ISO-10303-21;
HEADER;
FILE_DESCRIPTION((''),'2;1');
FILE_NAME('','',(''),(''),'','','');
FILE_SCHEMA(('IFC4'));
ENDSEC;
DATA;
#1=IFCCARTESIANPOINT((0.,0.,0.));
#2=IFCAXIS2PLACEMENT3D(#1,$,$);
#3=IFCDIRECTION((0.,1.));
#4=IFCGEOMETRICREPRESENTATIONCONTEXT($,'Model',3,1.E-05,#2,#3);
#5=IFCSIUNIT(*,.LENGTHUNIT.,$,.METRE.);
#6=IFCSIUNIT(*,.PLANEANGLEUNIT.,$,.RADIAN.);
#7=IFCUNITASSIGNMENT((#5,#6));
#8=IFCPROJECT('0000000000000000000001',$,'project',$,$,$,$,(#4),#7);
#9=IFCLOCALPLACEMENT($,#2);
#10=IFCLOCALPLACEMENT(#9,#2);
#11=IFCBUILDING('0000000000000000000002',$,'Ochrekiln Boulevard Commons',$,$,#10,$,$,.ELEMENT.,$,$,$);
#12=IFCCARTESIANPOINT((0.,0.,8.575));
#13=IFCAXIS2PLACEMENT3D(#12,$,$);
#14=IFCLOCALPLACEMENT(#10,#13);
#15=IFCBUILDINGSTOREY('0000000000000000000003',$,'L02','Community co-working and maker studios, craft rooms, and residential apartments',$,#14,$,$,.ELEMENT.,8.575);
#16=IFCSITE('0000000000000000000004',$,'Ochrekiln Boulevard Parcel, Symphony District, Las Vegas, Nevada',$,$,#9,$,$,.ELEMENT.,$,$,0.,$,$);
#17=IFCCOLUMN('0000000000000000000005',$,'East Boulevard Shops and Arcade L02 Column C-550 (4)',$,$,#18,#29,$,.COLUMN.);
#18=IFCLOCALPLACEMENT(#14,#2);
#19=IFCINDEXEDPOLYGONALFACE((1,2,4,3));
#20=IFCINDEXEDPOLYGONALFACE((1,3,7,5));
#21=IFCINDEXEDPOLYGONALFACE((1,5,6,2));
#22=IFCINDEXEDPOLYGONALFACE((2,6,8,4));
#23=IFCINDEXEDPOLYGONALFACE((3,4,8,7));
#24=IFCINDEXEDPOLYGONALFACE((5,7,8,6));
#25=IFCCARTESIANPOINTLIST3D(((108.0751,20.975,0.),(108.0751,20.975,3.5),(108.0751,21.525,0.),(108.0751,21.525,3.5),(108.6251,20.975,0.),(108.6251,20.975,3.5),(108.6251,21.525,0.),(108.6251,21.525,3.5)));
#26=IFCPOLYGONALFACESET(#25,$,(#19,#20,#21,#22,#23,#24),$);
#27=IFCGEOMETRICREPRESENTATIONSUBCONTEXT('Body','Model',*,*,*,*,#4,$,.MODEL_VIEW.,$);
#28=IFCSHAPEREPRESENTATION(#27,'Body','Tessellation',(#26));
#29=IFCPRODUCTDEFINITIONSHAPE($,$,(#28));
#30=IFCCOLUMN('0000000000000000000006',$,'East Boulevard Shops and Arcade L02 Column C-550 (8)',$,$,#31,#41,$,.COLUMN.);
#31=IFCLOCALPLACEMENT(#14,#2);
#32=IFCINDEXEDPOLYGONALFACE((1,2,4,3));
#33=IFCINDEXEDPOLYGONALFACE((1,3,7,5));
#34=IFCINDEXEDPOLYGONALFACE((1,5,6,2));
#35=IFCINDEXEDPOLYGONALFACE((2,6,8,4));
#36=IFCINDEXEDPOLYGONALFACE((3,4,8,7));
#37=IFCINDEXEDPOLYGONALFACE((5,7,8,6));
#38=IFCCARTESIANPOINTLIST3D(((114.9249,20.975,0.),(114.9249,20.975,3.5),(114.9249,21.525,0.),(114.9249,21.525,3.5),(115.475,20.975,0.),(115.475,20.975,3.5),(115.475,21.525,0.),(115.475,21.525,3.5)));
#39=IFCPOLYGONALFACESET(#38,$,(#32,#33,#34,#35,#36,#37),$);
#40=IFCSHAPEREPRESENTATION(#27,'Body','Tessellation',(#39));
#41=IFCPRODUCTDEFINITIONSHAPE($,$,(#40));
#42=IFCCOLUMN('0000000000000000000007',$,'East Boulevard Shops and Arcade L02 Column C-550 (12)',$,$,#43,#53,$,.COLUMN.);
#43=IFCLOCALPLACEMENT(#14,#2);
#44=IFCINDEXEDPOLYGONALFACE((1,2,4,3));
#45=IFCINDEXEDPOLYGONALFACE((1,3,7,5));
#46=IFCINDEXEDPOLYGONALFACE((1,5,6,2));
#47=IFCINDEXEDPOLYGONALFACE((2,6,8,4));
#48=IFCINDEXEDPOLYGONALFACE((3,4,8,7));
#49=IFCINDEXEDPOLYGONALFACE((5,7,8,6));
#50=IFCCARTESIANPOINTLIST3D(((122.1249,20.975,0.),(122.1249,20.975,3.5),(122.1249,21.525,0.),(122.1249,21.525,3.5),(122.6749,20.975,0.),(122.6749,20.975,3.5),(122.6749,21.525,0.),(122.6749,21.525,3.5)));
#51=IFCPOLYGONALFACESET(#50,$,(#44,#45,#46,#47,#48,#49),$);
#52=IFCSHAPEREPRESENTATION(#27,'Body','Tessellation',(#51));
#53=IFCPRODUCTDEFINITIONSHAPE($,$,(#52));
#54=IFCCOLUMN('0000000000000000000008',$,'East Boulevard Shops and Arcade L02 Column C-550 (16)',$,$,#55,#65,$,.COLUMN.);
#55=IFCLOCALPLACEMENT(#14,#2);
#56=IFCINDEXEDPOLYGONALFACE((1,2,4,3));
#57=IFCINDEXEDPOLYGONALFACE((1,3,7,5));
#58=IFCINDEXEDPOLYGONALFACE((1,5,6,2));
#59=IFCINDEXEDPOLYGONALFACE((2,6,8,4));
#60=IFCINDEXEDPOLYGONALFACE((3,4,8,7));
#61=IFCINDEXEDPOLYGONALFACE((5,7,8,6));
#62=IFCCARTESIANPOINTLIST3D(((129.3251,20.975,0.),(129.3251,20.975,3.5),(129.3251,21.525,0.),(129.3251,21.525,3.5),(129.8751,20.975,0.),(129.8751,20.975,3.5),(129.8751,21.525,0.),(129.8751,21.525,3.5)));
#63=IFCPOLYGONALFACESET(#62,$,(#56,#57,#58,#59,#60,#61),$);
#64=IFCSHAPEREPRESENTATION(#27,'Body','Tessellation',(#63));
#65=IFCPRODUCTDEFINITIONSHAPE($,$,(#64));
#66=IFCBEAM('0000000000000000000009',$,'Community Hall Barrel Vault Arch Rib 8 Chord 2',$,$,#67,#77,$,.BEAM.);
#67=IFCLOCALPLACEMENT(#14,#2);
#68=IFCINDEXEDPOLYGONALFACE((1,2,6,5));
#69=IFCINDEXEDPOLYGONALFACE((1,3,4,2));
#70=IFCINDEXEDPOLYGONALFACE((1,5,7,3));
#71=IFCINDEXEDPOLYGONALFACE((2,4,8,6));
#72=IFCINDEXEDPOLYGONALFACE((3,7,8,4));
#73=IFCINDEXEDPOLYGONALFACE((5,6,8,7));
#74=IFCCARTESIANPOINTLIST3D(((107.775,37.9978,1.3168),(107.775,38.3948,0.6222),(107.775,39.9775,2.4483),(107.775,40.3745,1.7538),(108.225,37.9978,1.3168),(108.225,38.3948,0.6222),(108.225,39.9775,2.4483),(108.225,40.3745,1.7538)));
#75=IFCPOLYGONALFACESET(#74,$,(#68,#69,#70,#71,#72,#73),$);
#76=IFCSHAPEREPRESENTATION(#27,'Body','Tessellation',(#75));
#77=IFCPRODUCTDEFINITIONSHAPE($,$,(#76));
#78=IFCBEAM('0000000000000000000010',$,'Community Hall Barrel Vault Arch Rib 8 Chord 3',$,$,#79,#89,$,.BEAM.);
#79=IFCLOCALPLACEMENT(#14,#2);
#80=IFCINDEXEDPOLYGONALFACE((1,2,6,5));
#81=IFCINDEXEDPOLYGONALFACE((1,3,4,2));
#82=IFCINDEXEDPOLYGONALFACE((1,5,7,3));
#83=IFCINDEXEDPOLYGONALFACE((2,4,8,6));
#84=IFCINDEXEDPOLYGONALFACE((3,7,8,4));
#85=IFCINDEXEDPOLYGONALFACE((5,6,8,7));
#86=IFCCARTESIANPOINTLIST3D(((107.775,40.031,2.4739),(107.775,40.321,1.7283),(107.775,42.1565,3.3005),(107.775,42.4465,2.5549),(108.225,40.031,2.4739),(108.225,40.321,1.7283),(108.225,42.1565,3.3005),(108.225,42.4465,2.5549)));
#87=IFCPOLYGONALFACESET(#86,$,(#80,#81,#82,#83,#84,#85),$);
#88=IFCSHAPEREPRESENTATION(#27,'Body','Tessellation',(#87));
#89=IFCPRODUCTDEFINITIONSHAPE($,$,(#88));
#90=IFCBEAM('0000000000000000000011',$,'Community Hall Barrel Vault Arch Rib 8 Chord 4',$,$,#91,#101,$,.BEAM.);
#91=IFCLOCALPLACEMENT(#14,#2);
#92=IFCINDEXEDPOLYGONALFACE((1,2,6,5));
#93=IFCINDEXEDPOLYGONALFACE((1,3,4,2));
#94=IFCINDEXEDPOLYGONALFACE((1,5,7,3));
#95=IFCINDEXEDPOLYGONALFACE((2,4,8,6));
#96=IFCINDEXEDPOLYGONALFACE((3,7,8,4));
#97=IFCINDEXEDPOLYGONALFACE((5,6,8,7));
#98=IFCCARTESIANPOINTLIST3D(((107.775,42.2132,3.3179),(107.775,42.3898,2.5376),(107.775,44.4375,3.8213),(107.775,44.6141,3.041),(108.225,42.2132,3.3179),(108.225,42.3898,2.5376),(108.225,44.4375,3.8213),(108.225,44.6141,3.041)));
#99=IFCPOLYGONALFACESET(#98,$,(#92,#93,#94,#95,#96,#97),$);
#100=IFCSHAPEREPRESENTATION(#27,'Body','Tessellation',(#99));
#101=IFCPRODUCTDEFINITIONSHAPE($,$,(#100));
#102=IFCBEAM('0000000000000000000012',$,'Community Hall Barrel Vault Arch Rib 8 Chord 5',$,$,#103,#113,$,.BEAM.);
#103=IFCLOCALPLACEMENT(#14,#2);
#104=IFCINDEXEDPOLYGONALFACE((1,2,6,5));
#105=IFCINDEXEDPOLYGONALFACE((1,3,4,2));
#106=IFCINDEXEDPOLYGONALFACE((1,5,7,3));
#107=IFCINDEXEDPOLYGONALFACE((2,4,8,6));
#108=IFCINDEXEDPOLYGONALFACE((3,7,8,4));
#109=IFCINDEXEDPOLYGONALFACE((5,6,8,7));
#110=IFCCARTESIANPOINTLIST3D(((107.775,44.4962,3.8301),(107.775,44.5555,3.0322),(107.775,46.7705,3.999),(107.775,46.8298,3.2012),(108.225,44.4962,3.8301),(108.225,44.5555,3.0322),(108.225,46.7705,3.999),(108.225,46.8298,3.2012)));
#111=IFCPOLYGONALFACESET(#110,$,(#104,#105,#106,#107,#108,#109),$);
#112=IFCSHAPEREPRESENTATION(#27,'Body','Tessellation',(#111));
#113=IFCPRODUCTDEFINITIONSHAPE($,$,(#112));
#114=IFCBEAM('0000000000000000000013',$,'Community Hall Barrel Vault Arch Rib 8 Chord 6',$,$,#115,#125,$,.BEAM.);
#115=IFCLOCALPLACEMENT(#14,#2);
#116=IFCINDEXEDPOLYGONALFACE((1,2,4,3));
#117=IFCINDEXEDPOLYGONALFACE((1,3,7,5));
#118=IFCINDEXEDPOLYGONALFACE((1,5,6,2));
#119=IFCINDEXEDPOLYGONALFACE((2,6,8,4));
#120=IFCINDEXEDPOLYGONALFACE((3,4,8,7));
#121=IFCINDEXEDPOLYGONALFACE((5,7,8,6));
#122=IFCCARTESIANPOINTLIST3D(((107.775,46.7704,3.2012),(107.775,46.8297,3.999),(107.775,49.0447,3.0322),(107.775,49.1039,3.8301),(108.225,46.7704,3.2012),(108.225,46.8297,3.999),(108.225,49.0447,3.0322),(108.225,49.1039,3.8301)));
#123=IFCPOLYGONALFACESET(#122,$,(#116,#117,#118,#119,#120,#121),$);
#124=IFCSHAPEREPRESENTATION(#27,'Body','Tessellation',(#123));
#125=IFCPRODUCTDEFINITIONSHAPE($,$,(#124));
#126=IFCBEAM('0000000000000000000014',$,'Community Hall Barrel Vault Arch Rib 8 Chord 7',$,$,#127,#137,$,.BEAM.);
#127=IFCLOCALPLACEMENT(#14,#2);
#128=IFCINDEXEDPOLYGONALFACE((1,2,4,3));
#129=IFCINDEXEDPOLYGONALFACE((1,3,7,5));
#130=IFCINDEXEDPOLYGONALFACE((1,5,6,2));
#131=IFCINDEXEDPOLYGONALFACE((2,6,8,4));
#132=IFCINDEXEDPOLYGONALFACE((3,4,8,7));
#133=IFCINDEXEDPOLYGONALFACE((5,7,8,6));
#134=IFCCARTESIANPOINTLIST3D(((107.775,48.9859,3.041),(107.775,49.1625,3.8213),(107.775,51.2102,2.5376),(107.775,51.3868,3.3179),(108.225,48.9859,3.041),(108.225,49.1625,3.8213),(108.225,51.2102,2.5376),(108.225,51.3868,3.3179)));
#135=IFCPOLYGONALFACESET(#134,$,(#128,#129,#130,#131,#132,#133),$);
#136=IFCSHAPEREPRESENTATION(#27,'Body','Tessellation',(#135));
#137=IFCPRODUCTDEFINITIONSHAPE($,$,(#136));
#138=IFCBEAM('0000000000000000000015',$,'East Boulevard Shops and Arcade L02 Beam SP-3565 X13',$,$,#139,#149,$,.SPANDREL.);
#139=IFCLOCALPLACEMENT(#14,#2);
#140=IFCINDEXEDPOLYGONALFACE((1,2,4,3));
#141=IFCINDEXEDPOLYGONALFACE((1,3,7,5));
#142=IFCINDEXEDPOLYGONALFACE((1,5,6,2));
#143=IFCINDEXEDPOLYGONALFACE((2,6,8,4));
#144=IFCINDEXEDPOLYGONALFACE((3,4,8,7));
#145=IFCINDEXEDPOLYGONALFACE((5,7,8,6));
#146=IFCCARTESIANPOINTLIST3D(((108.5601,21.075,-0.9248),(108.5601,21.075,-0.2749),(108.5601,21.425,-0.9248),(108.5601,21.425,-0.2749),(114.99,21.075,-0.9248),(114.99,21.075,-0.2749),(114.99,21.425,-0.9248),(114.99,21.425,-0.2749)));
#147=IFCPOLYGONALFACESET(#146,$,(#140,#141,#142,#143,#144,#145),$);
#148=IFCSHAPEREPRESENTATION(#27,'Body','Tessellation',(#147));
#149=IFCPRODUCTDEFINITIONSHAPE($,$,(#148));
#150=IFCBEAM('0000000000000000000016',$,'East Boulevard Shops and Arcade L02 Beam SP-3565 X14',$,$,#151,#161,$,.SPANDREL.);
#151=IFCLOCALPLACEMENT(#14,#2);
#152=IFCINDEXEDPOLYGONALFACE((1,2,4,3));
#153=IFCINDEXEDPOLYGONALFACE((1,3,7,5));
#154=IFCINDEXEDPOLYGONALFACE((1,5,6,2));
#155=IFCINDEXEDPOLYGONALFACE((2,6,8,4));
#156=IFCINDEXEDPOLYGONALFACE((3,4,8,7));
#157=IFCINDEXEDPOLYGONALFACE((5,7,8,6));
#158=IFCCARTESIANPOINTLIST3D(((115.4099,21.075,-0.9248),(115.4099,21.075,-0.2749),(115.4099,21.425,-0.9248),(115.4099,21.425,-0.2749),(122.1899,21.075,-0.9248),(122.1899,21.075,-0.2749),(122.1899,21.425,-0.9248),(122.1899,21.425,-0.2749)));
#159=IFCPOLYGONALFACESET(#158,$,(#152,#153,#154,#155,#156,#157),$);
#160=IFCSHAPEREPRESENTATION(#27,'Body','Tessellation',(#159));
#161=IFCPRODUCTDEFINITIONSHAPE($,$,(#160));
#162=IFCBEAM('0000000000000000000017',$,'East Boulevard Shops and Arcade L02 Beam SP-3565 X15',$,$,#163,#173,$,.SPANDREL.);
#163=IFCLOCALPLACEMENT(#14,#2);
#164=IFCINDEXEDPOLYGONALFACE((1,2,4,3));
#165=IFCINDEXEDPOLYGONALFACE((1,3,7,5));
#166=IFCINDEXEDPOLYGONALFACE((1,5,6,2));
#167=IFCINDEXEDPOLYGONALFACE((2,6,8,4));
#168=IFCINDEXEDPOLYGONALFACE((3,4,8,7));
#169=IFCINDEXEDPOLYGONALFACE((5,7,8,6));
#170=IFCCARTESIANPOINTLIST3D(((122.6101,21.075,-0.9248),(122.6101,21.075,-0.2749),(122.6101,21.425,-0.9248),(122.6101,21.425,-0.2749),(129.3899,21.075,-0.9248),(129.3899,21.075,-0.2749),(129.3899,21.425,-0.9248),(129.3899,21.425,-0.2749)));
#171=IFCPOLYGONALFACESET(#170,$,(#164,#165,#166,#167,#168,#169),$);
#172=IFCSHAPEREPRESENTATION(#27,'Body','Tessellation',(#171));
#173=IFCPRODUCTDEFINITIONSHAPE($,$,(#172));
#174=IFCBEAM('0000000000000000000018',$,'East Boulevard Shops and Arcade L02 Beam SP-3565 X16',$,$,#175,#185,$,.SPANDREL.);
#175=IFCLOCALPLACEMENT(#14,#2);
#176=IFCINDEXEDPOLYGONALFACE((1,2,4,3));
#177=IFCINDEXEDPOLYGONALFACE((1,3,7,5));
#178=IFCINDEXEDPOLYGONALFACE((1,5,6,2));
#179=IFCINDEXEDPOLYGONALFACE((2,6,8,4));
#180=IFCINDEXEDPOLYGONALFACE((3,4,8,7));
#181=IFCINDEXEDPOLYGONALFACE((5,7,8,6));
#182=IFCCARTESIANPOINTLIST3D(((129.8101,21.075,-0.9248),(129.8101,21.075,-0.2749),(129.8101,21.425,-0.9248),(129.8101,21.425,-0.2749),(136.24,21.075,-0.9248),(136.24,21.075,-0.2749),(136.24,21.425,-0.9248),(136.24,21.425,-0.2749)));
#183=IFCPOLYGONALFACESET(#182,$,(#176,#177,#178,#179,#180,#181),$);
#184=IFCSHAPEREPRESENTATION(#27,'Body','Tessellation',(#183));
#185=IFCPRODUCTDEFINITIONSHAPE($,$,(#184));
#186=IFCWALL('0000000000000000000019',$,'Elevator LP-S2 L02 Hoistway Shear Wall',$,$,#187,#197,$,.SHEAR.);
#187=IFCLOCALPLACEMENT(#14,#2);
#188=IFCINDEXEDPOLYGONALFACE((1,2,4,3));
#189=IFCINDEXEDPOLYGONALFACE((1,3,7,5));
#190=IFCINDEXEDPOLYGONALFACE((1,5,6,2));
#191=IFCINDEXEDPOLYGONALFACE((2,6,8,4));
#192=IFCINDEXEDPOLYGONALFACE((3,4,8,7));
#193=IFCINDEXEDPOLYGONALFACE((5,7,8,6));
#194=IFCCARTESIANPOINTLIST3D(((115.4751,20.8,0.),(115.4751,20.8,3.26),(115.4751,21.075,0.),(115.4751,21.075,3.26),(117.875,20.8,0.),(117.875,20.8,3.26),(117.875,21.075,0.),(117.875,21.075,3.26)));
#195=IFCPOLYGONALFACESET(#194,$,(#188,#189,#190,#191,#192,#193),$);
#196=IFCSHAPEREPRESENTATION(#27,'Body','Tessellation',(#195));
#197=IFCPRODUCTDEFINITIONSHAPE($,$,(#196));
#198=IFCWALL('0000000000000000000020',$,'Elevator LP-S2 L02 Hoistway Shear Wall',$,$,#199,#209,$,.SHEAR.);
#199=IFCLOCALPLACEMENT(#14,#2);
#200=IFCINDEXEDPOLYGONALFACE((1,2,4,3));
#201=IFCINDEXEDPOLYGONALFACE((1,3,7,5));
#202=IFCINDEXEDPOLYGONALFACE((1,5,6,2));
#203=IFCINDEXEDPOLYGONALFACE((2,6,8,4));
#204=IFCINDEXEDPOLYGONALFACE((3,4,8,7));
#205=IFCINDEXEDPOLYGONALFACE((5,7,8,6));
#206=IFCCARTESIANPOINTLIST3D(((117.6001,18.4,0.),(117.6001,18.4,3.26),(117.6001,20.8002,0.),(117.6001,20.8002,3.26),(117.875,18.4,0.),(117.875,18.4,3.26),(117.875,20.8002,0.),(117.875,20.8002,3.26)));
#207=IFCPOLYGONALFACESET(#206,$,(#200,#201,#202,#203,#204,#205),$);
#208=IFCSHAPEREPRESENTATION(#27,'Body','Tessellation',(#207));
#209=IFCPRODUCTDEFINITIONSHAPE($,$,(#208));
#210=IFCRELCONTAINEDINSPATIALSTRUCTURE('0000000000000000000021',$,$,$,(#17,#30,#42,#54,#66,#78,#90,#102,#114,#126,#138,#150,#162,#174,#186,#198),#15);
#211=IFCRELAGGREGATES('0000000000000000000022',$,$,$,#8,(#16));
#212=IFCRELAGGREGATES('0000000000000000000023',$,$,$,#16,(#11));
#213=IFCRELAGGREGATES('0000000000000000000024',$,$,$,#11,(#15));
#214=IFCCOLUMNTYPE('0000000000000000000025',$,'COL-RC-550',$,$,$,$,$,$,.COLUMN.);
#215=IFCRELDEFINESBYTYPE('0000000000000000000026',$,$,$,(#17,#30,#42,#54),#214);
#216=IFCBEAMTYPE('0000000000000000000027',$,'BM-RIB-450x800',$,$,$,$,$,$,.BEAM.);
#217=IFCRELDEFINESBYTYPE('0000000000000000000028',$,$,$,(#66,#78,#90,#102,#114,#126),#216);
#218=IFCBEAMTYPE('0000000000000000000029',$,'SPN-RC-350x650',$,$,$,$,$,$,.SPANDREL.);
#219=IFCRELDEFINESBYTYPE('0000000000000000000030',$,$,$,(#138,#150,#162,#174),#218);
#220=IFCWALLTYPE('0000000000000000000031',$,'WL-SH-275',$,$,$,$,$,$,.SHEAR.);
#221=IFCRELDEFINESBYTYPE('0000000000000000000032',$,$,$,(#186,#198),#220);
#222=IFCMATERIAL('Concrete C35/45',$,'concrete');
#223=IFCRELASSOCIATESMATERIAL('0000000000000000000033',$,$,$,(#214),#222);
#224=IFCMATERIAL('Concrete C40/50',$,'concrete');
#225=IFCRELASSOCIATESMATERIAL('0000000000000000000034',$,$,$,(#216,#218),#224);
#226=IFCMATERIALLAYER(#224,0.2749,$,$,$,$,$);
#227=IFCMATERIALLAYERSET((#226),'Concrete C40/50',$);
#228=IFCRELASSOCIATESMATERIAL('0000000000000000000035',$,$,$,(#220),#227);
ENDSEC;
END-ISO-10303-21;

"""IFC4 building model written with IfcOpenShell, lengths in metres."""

from ifc_helpers import new_model, si_unit, direction, frame, frame_2d, origin, origin_2d, place, context, subcontext, project, spatial, rectangle, extrude, material, layer, layer_set, material_profile, profile_set, type_object, element, save


model = new_model("IFC4")

# Units and contexts
model_context = context("Model", 3, precision=1e-05, world=origin(), true_north=direction((0.0, 1.0)))
body_context = subcontext(model_context, "Body", "Model", "MODEL_VIEW")
ifc_project = project(units=[si_unit("LENGTHUNIT", "METRE"), si_unit("PLANEANGLEUNIT", "RADIAN")], contexts=[model_context])

# Site, building, storey
site_placement = place(None, origin())
site = spatial("IfcSite", under=ifc_project, at=site_placement, Name="Ochrekiln Boulevard Parcel, Symphony District, Las Vegas, Nevada", CompositionType="ELEMENT", RefElevation=0.0)
building_placement = place(site_placement, origin())
building = spatial("IfcBuilding", under=site, at=building_placement, Name="Ochrekiln Boulevard Commons", CompositionType="ELEMENT")
storey_placement = place(building_placement, frame((0.0, 0.0, 8.575)))
storey = spatial("IfcBuildingStorey", under=building, at=storey_placement, Name="L02", Description="Community co-working and maker studios, craft rooms, and residential apartments", CompositionType="ELEMENT", Elevation=8.575)

# Columns
ifc_material_1 = material(Name="Concrete C35/45", Category="concrete")
ifc_material_profile_1 = material_profile(ifc_material_1, rectangle(XDim=0.55, YDim=0.55, at=origin_2d()), Name="RC-COL-550x550")
ifc_profile_set_1 = profile_set([ifc_material_profile_1], Name="Concrete C35/45")
column_type = type_object("IfcColumnType", Name="COL-RC-550", PredefinedType="COLUMN", material=ifc_profile_set_1)
for number, where, z_axis, x_axis, name in (
    (1, (108.3501, 21.25, 0.0), (0.0, 0.0, 1.0), (1.0, 0.0, 0.0), "East Boulevard Shops and Arcade L02 Column C-550 (4)"),
    (2, (115.2, 21.25, 0.0), (0.0, 0.0, 1.0), (1.0, 0.0, 0.0), "East Boulevard Shops and Arcade L02 Column C-550 (8)"),
    (3, (122.3999, 21.25, 0.0), (0.0, 0.0, 1.0), (1.0, 0.0, 0.0), "East Boulevard Shops and Arcade L02 Column C-550 (12)"),
    (4, (129.6001, 21.25, 0.0), (0.0, 0.0, 1.0), (1.0, 0.0, 0.0), "East Boulevard Shops and Arcade L02 Column C-550 (16)"),
):
    element("IfcColumn", number, at=place(storey_placement, frame(where, z_axis=z_axis, x_axis=x_axis)), inside=storey, type_object=column_type, Name=name, PredefinedType="COLUMN", context=body_context, shape_type="SweptSolid", body=[
        extrude(rectangle(XDim=0.55, YDim=0.55, at=origin_2d()), origin(), (0.0, 0.0, 1.0), 3.5),
    ])

# Beams
ifc_material_2 = material(Name="Concrete C40/50", Category="concrete")
ifc_material_profile_2 = material_profile(ifc_material_2, rectangle(XDim=0.45, YDim=0.8, at=origin_2d()), Name="RC-RIB-450x800")
ifc_profile_set_2 = profile_set([ifc_material_profile_2], Name="Concrete C40/50")
beam_type_1 = type_object("IfcBeamType", Name="BM-RIB-450x800", PredefinedType="BEAM", material=ifc_profile_set_2)
beam_1_placement = place(storey_placement, frame((108.0, 38.1963, 0.9695), z_axis=(0.0, 0.868184, 0.496243), x_axis=(-1.0, 0.0, 0.0)))
element("IfcBeam", 5, at=beam_1_placement, inside=storey, type_object=beam_type_1, Name="Community Hall Barrel Vault Arch Rib 8 Chord 2", PredefinedType="BEAM", context=body_context, shape_type="SweptSolid", body=[
    extrude(rectangle(XDim=0.45, YDim=0.8, at=origin_2d()), origin(), (0.0, 0.0, 1.0), 2.2803),
])
for number, where, z_axis, x_axis, name in (
    (6, (108.0, 40.176, 2.1011), (0.0, 0.931993, 0.362477), (-1.0, 0.0, 0.0), "Community Hall Barrel Vault Arch Rib 8 Chord 3"),
    (7, (108.0, 42.3015, 2.9277), (0.0, 0.975333, 0.220737), (-1.0, 0.0, 0.0), "Community Hall Barrel Vault Arch Rib 8 Chord 4"),
    (8, (108.0, 44.5259, 3.4312), (0.0, 0.997252, 0.074085), (-1.0, 0.0, 0.0), "Community Hall Barrel Vault Arch Rib 8 Chord 5"),
    (9, (108.0, 46.8, 3.6001), (0.0, 0.997252, -0.074085), (-1.0, 0.0, 0.0), "Community Hall Barrel Vault Arch Rib 8 Chord 6"),
    (10, (108.0, 49.0742, 3.4312), (0.0, 0.975333, -0.220737), (-1.0, 0.0, 0.0), "Community Hall Barrel Vault Arch Rib 8 Chord 7"),
):
    element("IfcBeam", number, at=place(storey_placement, frame(where, z_axis=z_axis, x_axis=x_axis)), inside=storey, type_object=beam_type_1, Name=name, PredefinedType="BEAM", context=body_context, shape_type="SweptSolid", body=[
        extrude(rectangle(XDim=0.45, YDim=0.8, at=origin_2d()), origin(), (0.0, 0.0, 1.0), 2.2805),
    ])
ifc_material_profile_3 = material_profile(ifc_material_2, rectangle(XDim=0.3501, YDim=0.6499, at=origin_2d()), Name="RC-SPN-350x650")
ifc_profile_set_3 = profile_set([ifc_material_profile_3], Name="Concrete C40/50")
beam_type_2 = type_object("IfcBeamType", Name="SPN-RC-350x650", PredefinedType="SPANDREL", material=ifc_profile_set_3)
beam_2_placement = place(storey_placement, frame((108.5601, 21.25, -0.5999), z_axis=(1.0, 0.0, 0.0), x_axis=(0.0, 1.0, 0.0)))
element("IfcBeam", 11, at=beam_2_placement, inside=storey, type_object=beam_type_2, Name="East Boulevard Shops and Arcade L02 Beam SP-3565 X13", PredefinedType="SPANDREL", context=body_context, shape_type="SweptSolid", body=[
    extrude(rectangle(XDim=0.3501, YDim=0.6499, at=origin_2d()), origin(), (0.0, 0.0, 1.0), 6.4299),
])
beam_3_placement = place(storey_placement, frame((115.4099, 21.25, -0.5999), z_axis=(1.0, 0.0, 0.0), x_axis=(0.0, 1.0, 0.0)))
element("IfcBeam", 12, at=beam_3_placement, inside=storey, type_object=beam_type_2, Name="East Boulevard Shops and Arcade L02 Beam SP-3565 X14", PredefinedType="SPANDREL", context=body_context, shape_type="SweptSolid", body=[
    extrude(rectangle(XDim=0.3501, YDim=0.6499, at=origin_2d()), origin(), (0.0, 0.0, 1.0), 6.78),
])
beam_4_placement = place(storey_placement, frame((122.6101, 21.25, -0.5999), z_axis=(1.0, 0.0, 0.0), x_axis=(0.0, 1.0, 0.0)))
element("IfcBeam", 13, at=beam_4_placement, inside=storey, type_object=beam_type_2, Name="East Boulevard Shops and Arcade L02 Beam SP-3565 X15", PredefinedType="SPANDREL", context=body_context, shape_type="SweptSolid", body=[
    extrude(rectangle(XDim=0.3501, YDim=0.6499, at=origin_2d()), origin(), (0.0, 0.0, 1.0), 6.7798),
])
beam_5_placement = place(storey_placement, frame((129.8101, 21.25, -0.5999), z_axis=(1.0, 0.0, 0.0), x_axis=(0.0, 1.0, 0.0)))
element("IfcBeam", 14, at=beam_5_placement, inside=storey, type_object=beam_type_2, Name="East Boulevard Shops and Arcade L02 Beam SP-3565 X16", PredefinedType="SPANDREL", context=body_context, shape_type="SweptSolid", body=[
    extrude(rectangle(XDim=0.3501, YDim=0.6499, at=origin_2d()), origin(), (0.0, 0.0, 1.0), 6.4299),
])

# Walls
ifc_layer = layer(ifc_material_2, 0.2749)
ifc_layer_set = layer_set([ifc_layer], Name="Concrete C40/50")
wall_type = type_object("IfcWallType", Name="WL-SH-275", PredefinedType="SHEAR", material=ifc_layer_set)
wall_1_placement = place(storey_placement, frame((115.4751, 20.9375, 0.0), z_axis=(0.0, 0.0, 1.0), x_axis=(1.0, 0.0, 0.0)))
element("IfcWall", 15, at=wall_1_placement, inside=storey, type_object=wall_type, Name="Elevator LP-S2 L02 Hoistway Shear Wall", PredefinedType="SHEAR", context=body_context, shape_type="SweptSolid", body=[
    extrude(rectangle(XDim=2.3999, YDim=0.2749, at=frame_2d((1.2, 0.0))), origin(), (0.0, 0.0, 1.0), 3.26),
])
wall_2_placement = place(storey_placement, frame((117.7375, 18.3999, 0.0), z_axis=(0.0, 0.0, 1.0), x_axis=(0.0, 1.0, 0.0)))
element("IfcWall", 16, at=wall_2_placement, inside=storey, type_object=wall_type, Name="Elevator LP-S2 L02 Hoistway Shear Wall", PredefinedType="SHEAR", context=body_context, shape_type="SweptSolid", body=[
    extrude(rectangle(XDim=2.4001, YDim=0.2749, at=frame_2d((1.2002, 0.0))), origin(), (0.0, 0.0, 1.0), 3.26),
])

save(model, "model.ifc")
